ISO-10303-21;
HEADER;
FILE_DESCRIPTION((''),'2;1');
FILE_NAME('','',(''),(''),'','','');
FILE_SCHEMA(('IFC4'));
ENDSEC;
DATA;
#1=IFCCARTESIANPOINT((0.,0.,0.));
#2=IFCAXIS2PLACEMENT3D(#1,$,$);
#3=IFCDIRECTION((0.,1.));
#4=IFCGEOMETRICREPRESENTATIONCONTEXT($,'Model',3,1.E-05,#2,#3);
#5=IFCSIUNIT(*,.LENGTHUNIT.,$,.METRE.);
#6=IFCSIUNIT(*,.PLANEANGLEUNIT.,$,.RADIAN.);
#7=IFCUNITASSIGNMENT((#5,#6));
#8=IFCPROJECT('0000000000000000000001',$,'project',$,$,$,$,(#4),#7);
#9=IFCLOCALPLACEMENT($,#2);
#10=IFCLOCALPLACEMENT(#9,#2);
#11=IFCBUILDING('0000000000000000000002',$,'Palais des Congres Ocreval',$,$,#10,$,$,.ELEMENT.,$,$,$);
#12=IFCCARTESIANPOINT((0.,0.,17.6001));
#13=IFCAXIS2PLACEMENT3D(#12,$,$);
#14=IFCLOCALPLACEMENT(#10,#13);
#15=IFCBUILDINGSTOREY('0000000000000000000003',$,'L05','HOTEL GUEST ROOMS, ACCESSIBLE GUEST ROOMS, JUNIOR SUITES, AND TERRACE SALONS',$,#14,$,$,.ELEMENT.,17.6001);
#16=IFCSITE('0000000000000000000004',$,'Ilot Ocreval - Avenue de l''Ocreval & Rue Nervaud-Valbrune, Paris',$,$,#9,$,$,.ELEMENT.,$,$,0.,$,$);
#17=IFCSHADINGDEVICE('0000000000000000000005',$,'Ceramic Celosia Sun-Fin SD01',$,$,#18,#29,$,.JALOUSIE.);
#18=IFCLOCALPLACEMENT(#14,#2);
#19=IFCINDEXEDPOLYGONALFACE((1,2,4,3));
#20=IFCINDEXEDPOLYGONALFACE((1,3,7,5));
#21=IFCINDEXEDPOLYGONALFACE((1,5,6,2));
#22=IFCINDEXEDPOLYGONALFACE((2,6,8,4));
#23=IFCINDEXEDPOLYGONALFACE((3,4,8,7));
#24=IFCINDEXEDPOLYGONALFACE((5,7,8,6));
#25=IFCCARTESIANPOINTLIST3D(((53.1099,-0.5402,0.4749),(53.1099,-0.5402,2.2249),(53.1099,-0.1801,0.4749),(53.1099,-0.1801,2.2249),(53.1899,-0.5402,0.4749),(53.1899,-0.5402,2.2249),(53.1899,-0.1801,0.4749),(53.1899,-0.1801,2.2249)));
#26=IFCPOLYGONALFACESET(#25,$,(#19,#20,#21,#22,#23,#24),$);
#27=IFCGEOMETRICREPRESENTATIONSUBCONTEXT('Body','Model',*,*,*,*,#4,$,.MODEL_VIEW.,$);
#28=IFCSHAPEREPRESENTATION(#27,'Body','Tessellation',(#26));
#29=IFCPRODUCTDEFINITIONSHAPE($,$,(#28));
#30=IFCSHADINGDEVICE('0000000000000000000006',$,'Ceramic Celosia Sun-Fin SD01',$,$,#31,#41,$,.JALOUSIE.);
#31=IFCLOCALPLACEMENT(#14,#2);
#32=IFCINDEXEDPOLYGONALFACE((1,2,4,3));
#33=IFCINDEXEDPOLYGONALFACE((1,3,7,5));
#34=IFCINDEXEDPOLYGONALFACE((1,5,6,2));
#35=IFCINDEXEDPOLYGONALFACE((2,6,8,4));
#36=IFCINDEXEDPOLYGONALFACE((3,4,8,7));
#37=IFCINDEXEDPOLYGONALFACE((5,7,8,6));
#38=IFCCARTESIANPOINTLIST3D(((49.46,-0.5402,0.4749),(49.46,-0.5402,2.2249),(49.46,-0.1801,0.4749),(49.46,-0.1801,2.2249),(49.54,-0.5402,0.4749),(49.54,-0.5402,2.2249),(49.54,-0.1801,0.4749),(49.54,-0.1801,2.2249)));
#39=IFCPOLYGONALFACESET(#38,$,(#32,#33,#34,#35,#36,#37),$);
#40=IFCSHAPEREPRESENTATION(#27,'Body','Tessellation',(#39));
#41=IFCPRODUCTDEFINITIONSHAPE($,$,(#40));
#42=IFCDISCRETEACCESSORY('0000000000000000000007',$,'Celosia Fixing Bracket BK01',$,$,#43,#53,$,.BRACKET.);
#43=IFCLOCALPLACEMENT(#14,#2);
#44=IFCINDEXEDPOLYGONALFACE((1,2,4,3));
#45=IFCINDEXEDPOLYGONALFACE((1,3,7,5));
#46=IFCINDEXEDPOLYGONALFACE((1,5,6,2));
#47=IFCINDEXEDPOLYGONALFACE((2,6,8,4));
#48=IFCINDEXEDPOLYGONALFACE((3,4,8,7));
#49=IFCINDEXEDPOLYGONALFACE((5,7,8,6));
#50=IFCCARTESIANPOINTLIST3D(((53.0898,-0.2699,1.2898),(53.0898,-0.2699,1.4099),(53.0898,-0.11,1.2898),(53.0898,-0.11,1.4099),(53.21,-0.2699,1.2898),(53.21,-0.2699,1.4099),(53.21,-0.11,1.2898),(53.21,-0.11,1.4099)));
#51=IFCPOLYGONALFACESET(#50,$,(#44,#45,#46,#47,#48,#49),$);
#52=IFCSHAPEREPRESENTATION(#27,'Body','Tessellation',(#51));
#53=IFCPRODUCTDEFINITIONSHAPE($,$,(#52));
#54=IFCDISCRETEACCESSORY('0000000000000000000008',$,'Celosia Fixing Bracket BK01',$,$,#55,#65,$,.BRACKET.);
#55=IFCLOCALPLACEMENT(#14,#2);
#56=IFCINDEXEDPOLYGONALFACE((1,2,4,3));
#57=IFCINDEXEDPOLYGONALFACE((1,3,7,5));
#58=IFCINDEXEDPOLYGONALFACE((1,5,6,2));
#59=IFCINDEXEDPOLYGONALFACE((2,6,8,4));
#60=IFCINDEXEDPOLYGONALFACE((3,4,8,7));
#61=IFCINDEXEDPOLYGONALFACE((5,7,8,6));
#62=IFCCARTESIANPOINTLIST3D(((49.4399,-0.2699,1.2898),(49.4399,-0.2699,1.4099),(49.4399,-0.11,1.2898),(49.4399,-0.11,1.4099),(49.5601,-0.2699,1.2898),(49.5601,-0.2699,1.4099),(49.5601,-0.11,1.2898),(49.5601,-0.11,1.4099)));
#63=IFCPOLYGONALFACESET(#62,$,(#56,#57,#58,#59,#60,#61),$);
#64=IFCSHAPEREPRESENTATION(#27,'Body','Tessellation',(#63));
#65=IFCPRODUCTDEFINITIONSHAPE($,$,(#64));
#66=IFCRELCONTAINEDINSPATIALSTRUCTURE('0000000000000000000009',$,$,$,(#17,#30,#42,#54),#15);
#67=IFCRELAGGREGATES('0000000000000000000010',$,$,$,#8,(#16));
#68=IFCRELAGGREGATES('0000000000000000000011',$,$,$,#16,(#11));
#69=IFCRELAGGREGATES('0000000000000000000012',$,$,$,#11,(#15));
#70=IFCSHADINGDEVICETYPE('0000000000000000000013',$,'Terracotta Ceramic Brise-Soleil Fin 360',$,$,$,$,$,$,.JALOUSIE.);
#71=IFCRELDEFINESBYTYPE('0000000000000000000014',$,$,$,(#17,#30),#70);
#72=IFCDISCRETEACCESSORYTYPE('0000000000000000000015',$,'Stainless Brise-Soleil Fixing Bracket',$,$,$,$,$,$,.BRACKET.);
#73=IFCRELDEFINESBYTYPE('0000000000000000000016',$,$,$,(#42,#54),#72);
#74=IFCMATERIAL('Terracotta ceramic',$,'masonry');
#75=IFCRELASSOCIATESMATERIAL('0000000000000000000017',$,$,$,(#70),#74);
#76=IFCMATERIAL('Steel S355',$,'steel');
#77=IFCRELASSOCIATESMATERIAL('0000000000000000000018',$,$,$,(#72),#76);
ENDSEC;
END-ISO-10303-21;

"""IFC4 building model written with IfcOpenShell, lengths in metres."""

from ifc_helpers import new_model, si_unit, direction, frame, origin, origin_2d, place, context, subcontext, project, spatial, rectangle, extrude, material, type_object, element, save


model = new_model("IFC4")

# Units and contexts
model_context = context("Model", 3, precision=1e-05, world=origin(), true_north=direction((0.0, 1.0)))
body_context = subcontext(model_context, "Body", "Model", "MODEL_VIEW")
ifc_project = project(units=[si_unit("LENGTHUNIT", "METRE"), si_unit("PLANEANGLEUNIT", "RADIAN")], contexts=[model_context])

# Site, building, storey
site_placement = place(None, origin())
site = spatial("IfcSite", under=ifc_project, at=site_placement, Name="Ilot Ocreval - Avenue de l'Ocreval & Rue Nervaud-Valbrune, Paris", CompositionType="ELEMENT", RefElevation=0.0)
building_placement = place(site_placement, origin())
building = spatial("IfcBuilding", under=site, at=building_placement, Name="Palais des Congres Ocreval", CompositionType="ELEMENT")
storey_placement = place(building_placement, frame((0.0, 0.0, 17.6001)))
storey = spatial("IfcBuildingStorey", under=building, at=storey_placement, Name="L05", Description="HOTEL GUEST ROOMS, ACCESSIBLE GUEST ROOMS, JUNIOR SUITES, AND TERRACE SALONS", CompositionType="ELEMENT", Elevation=17.6001)

# Shared definitions
ifc_material_1 = material(Name="Steel S355", Category="steel")

# Shading devices
ifc_material_2 = material(Name="Terracotta ceramic", Category="masonry")
shading_device_type = type_object("IfcShadingDeviceType", Name="Terracotta Ceramic Brise-Soleil Fin 360", PredefinedType="JALOUSIE", material=ifc_material_2)
for number, where, z_axis, x_axis, name in (
    (1, (53.1499, -0.3601, 0.4749), (0.0, 0.0, 1.0), (0.0, -1.0, 0.0), "Ceramic Celosia Sun-Fin SD01"),
    (2, (49.5, -0.3601, 0.4749), (0.0, 0.0, 1.0), (0.0, -1.0, 0.0), "Ceramic Celosia Sun-Fin SD01"),
):
    element("IfcShadingDevice", number, at=place(storey_placement, frame(where, z_axis=z_axis, x_axis=x_axis)), inside=storey, type_object=shading_device_type, Name=name, PredefinedType="JALOUSIE", context=body_context, shape_type="SweptSolid", body=[
        extrude(rectangle(XDim=0.3601, YDim=0.0801, at=origin_2d()), origin(), (0.0, 0.0, 1.0), 1.75),
    ])

# Discrete accessories
discrete_accessory_type = type_object("IfcDiscreteAccessoryType", Name="Stainless Brise-Soleil Fixing Bracket", PredefinedType="BRACKET", material=ifc_material_1)
for number, where, z_axis, x_axis, name in (
    (3, (53.1499, -0.1899, 1.2898), (0.0, 0.0, 1.0), (0.0, -1.0, 0.0), "Celosia Fixing Bracket BK01"),
    (4, (49.5, -0.1899, 1.2898), (0.0, 0.0, 1.0), (0.0, -1.0, 0.0), "Celosia Fixing Bracket BK01"),
):
    element("IfcDiscreteAccessory", number, at=place(storey_placement, frame(where, z_axis=z_axis, x_axis=x_axis)), inside=storey, type_object=discrete_accessory_type, Name=name, PredefinedType="BRACKET", context=body_context, shape_type="SweptSolid", body=[
        extrude(rectangle(XDim=0.1599, YDim=0.1201, at=origin_2d()), origin(), (0.0, 0.0, 1.0), 0.1201),
    ])

save(model, "model.ifc")
